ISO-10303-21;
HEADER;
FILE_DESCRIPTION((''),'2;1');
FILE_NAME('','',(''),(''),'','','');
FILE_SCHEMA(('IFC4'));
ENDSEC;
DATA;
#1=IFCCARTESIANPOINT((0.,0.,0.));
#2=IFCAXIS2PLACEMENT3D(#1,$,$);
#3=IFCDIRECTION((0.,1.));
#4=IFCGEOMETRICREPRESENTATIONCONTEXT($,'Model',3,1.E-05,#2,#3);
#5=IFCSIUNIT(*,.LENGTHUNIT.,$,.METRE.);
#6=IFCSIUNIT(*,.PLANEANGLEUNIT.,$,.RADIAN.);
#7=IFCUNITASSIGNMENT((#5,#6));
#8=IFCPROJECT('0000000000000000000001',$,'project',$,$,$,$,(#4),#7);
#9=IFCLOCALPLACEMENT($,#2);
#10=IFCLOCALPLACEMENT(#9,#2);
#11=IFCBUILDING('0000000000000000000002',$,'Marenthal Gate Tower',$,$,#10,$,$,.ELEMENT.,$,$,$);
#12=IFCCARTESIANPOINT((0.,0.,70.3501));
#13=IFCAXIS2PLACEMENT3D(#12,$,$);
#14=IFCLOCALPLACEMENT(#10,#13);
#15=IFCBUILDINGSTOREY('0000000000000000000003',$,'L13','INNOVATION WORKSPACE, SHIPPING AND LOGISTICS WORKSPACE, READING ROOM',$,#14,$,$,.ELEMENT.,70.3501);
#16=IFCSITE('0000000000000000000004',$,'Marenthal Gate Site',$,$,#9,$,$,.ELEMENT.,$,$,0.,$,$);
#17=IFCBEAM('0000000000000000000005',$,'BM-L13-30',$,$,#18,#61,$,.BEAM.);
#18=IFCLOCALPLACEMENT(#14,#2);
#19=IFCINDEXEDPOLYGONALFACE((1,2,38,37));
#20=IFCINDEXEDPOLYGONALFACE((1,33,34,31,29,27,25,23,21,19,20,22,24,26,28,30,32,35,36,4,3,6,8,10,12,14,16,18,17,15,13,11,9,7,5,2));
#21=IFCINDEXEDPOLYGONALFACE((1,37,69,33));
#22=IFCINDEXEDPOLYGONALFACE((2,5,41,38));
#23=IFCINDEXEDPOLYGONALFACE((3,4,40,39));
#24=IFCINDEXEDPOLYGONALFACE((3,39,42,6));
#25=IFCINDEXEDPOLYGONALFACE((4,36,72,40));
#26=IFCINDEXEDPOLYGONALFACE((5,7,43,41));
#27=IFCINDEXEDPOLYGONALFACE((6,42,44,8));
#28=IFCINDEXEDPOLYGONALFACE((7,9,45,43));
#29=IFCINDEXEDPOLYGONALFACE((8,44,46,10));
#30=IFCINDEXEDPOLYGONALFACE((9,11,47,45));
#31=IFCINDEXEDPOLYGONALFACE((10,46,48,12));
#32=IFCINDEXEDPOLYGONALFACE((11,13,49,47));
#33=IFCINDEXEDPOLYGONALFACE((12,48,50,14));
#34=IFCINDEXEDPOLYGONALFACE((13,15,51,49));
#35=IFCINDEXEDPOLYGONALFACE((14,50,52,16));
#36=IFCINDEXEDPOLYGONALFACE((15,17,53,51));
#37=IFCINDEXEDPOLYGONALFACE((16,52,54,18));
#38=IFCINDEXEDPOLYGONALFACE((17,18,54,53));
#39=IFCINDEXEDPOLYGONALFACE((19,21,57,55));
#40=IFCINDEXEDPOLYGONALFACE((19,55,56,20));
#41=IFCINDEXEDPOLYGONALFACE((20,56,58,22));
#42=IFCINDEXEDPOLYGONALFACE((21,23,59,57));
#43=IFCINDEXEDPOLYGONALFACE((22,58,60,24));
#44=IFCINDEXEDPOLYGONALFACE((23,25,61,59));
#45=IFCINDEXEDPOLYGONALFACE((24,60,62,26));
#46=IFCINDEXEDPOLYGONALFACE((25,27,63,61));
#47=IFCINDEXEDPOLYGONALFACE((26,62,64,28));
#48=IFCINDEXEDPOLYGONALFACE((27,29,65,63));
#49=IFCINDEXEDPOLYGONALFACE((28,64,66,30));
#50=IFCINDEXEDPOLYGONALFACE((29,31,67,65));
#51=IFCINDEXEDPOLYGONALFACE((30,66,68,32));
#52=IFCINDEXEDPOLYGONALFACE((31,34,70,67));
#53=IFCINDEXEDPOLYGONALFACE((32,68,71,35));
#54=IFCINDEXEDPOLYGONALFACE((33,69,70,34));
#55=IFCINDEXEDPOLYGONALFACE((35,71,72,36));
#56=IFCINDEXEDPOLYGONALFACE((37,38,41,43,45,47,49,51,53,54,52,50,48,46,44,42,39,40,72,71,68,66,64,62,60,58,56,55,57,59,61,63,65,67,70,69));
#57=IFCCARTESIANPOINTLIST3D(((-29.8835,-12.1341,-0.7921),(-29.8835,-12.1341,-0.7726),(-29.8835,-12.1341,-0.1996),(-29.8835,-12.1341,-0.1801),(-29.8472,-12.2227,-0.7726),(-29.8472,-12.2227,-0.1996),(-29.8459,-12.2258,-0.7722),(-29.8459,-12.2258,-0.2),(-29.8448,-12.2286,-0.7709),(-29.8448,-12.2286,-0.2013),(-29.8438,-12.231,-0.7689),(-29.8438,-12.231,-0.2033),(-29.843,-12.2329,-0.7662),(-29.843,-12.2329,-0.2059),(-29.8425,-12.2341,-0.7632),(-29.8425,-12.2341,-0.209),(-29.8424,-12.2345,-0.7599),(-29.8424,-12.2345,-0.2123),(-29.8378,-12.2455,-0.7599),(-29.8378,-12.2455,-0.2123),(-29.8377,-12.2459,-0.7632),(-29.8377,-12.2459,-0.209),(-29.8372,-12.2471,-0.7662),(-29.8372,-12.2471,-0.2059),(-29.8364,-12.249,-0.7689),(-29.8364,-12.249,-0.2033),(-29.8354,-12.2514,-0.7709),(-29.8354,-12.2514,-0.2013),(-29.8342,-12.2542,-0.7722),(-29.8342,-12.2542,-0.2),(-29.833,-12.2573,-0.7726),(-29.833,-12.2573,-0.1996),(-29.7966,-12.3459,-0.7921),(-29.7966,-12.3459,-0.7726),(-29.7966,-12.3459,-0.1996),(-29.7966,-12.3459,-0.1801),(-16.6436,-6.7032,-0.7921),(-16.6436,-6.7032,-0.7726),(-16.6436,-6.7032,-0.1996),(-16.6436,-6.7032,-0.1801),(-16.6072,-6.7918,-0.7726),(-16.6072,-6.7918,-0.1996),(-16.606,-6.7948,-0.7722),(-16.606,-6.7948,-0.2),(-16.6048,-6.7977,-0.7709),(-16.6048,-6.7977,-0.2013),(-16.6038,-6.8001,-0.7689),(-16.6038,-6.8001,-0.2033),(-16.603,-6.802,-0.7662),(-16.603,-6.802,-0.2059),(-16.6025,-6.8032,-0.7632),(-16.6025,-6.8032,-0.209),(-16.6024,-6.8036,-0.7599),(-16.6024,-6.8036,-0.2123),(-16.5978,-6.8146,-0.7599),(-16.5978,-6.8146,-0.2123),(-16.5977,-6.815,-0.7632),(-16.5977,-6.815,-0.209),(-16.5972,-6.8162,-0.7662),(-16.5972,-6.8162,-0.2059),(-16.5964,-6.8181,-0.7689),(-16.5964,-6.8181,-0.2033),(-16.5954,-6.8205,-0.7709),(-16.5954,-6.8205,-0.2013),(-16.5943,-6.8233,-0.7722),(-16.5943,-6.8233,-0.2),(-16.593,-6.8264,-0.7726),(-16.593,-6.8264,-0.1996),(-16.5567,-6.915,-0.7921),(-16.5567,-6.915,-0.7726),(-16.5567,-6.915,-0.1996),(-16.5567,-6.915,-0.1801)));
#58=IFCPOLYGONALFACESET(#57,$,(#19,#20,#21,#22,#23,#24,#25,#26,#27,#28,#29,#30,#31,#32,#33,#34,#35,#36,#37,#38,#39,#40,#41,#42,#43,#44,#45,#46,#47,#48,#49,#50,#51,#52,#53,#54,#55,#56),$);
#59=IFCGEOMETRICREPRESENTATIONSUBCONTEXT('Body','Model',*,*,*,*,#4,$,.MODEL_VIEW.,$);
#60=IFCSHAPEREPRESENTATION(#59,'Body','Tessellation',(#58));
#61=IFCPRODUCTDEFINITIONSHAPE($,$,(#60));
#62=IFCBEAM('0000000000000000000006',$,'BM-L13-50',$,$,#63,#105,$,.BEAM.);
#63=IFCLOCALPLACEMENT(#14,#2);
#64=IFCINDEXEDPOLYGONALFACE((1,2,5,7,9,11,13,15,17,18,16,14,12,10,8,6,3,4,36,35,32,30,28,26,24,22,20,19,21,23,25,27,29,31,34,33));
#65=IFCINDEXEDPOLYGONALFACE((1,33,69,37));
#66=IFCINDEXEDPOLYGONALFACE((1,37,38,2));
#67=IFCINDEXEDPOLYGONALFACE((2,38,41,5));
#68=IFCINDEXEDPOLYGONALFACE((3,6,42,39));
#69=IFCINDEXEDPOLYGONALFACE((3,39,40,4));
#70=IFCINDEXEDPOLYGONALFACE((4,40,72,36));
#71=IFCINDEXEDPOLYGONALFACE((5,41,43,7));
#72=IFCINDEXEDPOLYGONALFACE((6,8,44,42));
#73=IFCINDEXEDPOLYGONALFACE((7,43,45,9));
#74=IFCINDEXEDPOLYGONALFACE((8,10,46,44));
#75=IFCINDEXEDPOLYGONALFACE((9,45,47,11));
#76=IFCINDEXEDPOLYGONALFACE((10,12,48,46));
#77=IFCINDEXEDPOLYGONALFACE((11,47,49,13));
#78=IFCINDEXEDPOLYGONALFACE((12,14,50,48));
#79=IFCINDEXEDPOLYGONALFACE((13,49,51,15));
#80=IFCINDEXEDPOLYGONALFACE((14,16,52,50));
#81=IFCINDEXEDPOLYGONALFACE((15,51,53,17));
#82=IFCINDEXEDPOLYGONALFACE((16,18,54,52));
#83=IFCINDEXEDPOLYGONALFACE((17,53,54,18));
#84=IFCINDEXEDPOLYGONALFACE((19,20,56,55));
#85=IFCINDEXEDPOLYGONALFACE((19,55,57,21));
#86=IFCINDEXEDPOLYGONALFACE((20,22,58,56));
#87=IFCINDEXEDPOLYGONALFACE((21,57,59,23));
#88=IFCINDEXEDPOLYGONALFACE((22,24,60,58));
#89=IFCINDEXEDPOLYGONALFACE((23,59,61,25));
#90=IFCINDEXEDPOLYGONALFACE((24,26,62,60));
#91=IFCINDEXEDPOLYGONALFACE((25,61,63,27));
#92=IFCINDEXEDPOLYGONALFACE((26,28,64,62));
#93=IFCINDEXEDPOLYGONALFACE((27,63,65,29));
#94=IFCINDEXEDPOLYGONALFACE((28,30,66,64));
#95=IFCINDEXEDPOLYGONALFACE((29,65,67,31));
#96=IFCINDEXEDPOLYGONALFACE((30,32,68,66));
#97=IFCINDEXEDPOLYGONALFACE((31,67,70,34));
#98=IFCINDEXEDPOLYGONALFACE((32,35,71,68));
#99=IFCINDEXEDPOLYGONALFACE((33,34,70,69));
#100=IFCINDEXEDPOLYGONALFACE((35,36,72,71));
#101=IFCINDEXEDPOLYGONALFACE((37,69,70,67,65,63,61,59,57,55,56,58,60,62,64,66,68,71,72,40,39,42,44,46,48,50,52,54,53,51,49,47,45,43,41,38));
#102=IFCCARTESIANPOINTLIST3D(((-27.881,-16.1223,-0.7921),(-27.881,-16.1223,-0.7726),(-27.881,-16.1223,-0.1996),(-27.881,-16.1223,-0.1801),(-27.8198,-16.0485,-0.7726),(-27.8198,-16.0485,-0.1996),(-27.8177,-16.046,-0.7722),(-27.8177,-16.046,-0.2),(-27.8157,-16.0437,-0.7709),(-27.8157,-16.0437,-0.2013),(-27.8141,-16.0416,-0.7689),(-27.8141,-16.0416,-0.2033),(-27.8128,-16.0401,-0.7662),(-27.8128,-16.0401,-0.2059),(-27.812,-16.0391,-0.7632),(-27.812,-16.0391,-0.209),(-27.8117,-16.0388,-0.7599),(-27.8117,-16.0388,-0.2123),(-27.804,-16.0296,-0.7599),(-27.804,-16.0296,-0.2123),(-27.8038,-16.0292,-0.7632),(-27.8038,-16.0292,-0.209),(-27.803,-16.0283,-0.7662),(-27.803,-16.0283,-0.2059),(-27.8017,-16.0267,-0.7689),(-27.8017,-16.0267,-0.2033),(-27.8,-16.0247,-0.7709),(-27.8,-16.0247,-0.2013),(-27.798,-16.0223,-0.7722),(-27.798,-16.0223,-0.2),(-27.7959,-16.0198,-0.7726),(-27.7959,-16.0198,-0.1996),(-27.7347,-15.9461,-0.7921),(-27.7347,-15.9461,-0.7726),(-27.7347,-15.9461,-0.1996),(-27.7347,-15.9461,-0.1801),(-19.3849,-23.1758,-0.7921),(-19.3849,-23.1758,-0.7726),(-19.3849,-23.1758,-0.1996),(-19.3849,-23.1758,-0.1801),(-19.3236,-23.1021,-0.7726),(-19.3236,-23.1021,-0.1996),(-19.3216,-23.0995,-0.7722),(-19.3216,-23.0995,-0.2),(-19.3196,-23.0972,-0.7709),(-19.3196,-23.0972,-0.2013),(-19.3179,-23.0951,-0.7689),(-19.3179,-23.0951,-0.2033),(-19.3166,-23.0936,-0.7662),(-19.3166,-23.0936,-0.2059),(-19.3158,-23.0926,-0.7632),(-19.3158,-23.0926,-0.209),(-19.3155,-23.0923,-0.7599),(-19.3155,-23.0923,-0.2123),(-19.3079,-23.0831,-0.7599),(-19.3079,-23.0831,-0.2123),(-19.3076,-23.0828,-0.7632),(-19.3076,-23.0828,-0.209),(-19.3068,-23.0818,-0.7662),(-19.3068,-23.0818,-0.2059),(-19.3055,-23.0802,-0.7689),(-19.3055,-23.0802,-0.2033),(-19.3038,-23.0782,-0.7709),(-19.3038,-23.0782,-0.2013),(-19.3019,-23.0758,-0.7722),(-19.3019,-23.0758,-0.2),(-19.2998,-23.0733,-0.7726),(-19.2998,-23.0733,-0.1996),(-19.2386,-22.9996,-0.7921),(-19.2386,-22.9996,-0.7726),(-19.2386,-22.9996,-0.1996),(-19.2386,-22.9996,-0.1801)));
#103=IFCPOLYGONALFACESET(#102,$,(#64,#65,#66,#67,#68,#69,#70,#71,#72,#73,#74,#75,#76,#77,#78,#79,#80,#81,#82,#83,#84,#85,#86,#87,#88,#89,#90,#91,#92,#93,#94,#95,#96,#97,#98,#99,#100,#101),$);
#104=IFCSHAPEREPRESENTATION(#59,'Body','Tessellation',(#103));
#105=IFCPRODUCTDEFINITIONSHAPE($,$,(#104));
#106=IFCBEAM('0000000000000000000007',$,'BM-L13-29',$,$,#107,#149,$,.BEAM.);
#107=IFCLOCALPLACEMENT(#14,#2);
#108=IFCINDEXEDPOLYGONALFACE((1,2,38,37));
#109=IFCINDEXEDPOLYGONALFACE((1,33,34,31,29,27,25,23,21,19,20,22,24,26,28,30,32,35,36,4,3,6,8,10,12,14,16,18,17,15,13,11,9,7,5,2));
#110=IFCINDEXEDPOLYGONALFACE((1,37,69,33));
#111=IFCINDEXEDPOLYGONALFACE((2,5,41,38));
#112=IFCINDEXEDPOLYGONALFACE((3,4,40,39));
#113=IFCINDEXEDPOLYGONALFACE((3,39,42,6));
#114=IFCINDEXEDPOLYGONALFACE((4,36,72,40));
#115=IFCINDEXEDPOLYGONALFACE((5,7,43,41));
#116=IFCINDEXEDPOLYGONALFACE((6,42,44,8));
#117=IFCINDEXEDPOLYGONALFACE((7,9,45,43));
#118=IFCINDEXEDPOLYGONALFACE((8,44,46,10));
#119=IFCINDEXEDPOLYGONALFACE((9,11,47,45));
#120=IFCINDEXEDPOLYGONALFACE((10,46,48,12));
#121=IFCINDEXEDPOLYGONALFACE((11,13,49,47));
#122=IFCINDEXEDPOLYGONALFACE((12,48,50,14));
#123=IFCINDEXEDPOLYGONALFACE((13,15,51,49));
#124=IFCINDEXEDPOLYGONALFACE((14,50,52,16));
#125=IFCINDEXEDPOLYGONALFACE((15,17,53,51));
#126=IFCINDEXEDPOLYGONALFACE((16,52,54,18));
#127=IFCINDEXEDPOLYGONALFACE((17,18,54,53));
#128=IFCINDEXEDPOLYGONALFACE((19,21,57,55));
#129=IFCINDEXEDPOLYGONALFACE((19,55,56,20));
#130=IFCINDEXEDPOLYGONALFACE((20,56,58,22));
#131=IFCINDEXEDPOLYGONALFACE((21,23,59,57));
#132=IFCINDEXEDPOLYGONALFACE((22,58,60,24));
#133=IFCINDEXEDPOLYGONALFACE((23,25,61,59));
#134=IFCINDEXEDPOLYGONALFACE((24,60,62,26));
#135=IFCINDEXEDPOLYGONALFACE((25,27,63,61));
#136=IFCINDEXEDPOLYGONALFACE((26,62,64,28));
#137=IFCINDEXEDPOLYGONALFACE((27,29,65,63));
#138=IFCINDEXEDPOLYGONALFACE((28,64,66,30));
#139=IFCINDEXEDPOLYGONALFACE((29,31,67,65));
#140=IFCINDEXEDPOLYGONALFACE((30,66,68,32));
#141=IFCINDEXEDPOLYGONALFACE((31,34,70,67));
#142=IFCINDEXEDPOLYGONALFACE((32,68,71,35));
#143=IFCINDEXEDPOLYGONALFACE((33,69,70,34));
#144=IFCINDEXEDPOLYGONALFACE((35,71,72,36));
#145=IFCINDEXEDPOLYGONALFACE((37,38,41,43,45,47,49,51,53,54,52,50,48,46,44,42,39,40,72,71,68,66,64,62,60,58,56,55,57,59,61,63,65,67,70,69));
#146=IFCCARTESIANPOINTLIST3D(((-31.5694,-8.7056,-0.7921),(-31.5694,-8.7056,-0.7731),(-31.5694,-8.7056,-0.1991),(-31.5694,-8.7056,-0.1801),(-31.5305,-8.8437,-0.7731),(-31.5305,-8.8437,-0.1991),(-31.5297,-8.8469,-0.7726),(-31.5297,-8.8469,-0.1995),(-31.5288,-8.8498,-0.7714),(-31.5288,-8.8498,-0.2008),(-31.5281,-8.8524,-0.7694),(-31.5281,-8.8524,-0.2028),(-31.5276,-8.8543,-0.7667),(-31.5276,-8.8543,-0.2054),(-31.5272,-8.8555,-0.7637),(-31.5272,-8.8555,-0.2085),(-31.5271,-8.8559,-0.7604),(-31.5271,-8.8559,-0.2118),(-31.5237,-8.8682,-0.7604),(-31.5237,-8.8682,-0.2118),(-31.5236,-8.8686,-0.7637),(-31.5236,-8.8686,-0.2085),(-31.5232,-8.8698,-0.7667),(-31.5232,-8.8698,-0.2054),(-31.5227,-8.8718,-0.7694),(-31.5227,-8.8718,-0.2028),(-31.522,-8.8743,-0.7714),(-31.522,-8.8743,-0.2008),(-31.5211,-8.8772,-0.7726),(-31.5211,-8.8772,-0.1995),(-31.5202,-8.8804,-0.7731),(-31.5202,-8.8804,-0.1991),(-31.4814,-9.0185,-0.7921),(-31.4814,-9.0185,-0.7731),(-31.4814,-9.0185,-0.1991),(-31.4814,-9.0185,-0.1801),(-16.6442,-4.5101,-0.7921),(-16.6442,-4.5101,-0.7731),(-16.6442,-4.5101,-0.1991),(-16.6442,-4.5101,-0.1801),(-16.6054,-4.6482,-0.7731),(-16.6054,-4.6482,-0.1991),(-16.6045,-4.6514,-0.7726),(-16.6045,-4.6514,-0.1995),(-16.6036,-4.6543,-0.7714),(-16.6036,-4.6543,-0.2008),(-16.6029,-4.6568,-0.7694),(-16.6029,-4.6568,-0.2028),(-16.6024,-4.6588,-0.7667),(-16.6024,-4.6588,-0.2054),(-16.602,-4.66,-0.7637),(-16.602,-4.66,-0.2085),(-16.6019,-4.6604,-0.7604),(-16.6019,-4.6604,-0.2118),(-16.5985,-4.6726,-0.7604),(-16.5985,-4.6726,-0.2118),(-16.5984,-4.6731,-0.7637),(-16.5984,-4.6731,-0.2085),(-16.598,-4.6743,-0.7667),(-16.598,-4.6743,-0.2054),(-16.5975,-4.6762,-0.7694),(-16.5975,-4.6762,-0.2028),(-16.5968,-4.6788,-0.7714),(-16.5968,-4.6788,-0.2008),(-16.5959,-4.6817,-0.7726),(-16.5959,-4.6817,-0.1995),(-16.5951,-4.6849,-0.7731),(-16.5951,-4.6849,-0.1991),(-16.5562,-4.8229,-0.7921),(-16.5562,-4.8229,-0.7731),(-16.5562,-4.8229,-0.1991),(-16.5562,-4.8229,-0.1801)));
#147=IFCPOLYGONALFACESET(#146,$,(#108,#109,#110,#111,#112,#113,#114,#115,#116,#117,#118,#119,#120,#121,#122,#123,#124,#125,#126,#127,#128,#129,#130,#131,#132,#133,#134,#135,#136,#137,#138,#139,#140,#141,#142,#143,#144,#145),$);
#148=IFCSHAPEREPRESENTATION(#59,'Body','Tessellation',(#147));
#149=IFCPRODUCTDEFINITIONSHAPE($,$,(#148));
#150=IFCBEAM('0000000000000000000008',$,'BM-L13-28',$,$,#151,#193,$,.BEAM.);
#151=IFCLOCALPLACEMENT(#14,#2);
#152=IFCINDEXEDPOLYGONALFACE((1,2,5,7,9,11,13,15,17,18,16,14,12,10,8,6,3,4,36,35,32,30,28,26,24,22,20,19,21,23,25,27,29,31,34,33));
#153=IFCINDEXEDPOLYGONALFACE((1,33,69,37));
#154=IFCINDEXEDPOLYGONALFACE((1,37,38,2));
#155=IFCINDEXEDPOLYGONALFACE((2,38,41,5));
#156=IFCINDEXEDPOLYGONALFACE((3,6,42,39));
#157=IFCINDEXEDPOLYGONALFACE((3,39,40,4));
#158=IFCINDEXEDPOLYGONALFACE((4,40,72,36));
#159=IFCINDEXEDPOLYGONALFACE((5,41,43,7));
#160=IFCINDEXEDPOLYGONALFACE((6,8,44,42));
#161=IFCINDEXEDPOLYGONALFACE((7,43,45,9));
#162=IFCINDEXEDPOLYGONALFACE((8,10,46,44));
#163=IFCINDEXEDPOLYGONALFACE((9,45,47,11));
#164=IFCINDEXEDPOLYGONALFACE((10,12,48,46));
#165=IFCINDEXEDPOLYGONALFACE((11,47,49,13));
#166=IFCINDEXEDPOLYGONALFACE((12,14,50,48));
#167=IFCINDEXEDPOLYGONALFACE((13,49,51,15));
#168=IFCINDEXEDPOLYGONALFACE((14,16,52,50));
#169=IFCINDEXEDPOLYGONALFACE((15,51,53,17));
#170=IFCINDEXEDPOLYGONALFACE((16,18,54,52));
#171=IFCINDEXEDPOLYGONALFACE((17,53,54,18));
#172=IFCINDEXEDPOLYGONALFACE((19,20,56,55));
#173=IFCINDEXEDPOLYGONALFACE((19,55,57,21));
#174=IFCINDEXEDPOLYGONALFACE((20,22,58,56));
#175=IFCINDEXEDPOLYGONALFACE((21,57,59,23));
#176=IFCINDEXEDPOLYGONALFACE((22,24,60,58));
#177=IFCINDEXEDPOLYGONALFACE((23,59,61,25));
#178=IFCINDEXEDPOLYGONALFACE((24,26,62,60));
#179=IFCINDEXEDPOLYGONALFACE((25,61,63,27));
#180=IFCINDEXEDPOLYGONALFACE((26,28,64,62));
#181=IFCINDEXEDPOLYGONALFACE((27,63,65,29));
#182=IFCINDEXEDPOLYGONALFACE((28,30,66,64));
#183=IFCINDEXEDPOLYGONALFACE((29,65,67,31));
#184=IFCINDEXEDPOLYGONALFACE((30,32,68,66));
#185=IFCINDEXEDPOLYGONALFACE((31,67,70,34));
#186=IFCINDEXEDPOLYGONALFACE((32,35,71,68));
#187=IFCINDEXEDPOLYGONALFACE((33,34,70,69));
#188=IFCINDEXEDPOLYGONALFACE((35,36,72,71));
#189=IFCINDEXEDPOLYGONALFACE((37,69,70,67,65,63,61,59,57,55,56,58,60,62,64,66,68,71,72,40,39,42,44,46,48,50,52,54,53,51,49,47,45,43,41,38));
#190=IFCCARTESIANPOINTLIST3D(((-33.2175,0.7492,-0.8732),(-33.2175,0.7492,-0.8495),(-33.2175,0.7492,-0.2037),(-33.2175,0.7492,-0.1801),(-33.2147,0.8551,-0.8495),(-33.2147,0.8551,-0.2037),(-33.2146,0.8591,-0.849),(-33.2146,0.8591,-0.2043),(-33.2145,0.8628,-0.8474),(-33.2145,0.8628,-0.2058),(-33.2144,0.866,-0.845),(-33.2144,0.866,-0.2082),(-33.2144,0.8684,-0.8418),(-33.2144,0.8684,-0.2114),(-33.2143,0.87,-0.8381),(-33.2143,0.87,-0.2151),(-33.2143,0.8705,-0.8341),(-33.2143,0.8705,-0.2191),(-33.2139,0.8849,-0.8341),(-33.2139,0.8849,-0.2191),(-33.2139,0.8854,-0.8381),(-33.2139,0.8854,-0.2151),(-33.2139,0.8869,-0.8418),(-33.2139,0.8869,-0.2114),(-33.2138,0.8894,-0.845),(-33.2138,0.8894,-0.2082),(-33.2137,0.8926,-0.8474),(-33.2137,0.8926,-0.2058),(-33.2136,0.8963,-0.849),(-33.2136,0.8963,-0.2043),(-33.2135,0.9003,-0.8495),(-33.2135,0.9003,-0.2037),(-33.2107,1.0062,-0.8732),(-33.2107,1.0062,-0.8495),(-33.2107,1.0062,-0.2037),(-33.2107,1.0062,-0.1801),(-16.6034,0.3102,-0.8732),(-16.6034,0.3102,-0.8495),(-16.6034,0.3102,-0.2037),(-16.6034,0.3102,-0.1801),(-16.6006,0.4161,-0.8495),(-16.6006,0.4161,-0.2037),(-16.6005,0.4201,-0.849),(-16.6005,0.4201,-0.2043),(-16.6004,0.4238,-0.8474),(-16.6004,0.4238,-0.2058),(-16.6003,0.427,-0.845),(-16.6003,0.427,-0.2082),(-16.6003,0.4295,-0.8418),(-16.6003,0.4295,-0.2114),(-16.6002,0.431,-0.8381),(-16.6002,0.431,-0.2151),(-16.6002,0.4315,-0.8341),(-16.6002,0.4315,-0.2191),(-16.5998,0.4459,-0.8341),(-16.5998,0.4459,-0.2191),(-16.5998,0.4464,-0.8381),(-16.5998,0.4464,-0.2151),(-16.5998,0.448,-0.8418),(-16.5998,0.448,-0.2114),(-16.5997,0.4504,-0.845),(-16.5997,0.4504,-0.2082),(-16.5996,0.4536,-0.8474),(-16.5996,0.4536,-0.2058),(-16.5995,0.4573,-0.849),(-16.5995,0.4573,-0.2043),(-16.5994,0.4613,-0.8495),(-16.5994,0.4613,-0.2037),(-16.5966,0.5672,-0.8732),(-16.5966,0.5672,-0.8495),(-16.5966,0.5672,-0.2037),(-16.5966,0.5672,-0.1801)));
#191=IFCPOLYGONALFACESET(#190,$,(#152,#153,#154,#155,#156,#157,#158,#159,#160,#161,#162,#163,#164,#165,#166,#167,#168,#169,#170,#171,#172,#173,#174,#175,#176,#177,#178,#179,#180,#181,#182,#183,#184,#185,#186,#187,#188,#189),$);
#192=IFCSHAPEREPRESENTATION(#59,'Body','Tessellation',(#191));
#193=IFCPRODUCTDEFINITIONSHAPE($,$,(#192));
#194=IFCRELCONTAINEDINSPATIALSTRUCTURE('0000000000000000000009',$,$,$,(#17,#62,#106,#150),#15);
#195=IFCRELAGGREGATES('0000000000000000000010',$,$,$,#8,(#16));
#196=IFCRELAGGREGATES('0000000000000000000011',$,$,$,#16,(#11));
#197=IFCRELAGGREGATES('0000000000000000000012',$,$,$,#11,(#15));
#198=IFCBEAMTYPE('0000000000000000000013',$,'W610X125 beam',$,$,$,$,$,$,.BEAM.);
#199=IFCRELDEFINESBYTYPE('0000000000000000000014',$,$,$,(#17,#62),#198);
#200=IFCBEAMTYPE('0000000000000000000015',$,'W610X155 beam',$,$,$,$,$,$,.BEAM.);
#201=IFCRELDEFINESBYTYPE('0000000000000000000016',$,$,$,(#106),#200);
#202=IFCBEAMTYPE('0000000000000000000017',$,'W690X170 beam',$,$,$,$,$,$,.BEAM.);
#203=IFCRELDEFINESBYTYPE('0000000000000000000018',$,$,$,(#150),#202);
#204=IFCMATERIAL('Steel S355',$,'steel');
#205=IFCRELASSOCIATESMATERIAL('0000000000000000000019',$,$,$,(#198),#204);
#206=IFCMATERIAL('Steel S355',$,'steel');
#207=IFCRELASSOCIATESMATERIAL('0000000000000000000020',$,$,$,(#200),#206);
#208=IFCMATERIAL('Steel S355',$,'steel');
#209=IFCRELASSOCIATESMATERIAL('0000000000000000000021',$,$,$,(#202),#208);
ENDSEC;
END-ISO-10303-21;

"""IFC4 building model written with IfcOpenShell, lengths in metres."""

from ifc_helpers import new_model, si_unit, direction, frame, origin, origin_2d, place, context, subcontext, project, spatial, i_section, extrude, material, material_profile, profile_set, type_object, element, save


model = new_model("IFC4")

# Units and contexts
model_context = context("Model", 3, precision=1e-05, world=origin(), true_north=direction((0.0, 1.0)))
body_context = subcontext(model_context, "Body", "Model", "MODEL_VIEW")
ifc_project = project(units=[si_unit("LENGTHUNIT", "METRE"), si_unit("PLANEANGLEUNIT", "RADIAN")], contexts=[model_context])

# Site, building, storey
site_placement = place(None, origin())
site = spatial("IfcSite", under=ifc_project, at=site_placement, Name="Marenthal Gate Site", CompositionType="ELEMENT", RefElevation=0.0)
building_placement = place(site_placement, origin())
building = spatial("IfcBuilding", under=site, at=building_placement, Name="Marenthal Gate Tower", CompositionType="ELEMENT")
storey_placement = place(building_placement, frame((0.0, 0.0, 70.3501)))
storey = spatial("IfcBuildingStorey", under=building, at=storey_placement, Name="L13", Description="INNOVATION WORKSPACE, SHIPPING AND LOGISTICS WORKSPACE, READING ROOM", CompositionType="ELEMENT", Elevation=70.3501)

# Beams
ifc_material_1 = material(Name="Steel S355", Category="steel")
ifc_material_profile_1 = material_profile(ifc_material_1, i_section(OverallWidth=0.229, OverallDepth=0.6121, WebThickness=0.012, FlangeThickness=0.0195, FilletRadius=0.0127, at=origin_2d()), Name="W610X125")
ifc_profile_set_1 = profile_set([ifc_material_profile_1], Name="Steel S355")
beam_type_1 = type_object("IfcBeamType", Name="W610X125 beam", PredefinedType="BEAM", material=ifc_profile_set_1)
beam_1_placement = place(storey_placement, frame((-29.8401, -12.24, -0.4861), z_axis=(0.92519, 0.379504, 0.0), x_axis=(-0.379504, 0.92519, 0.0)))
element("IfcBeam", 1, at=beam_1_placement, inside=storey, type_object=beam_type_1, Name="BM-L13-30", PredefinedType="BEAM", context=body_context, shape_type="SweptSolid", body=[
    extrude(i_section(OverallWidth=0.229, OverallDepth=0.6121, WebThickness=0.012, FlangeThickness=0.0195, FilletRadius=0.0127, at=origin_2d()), origin(), (0.0, 0.0, 1.0), 14.3105),
])
beam_2_placement = place(storey_placement, frame((-27.8079, -16.0342, -0.4861), z_axis=(0.769405, -0.638761, 0.0), x_axis=(0.638761, 0.769405, 0.0)))
element("IfcBeam", 2, at=beam_2_placement, inside=storey, type_object=beam_type_1, Name="BM-L13-50", PredefinedType="BEAM", context=body_context, shape_type="SweptSolid", body=[
    extrude(i_section(OverallWidth=0.229, OverallDepth=0.6121, WebThickness=0.012, FlangeThickness=0.0195, FilletRadius=0.0127, at=origin_2d()), origin(), (0.0, 0.0, 1.0), 11.0425),
])
ifc_material_2 = material(Name="Steel S355", Category="steel")
ifc_material_profile_2 = material_profile(ifc_material_2, i_section(OverallWidth=0.325, OverallDepth=0.6121, WebThickness=0.0127, FlangeThickness=0.019, FilletRadius=0.0127, at=origin_2d()), Name="W610X155")
ifc_profile_set_2 = profile_set([ifc_material_profile_2], Name="Steel S355")
beam_type_2 = type_object("IfcBeamType", Name="W610X155 beam", PredefinedType="BEAM", material=ifc_profile_set_2)
beam_3_placement = place(storey_placement, frame((-31.5254, -8.8621, -0.4861), z_axis=(0.962688, 0.270615, 0.0), x_axis=(-0.270615, 0.962688, 0.0)))
element("IfcBeam", 3, at=beam_3_placement, inside=storey, type_object=beam_type_2, Name="BM-L13-29", PredefinedType="BEAM", context=body_context, shape_type="SweptSolid", body=[
    extrude(i_section(OverallWidth=0.325, OverallDepth=0.6121, WebThickness=0.0127, FlangeThickness=0.019, FilletRadius=0.0127, at=origin_2d()), origin(), (0.0, 0.0, 1.0), 15.5037),
])
ifc_material_3 = material(Name="Steel S355", Category="steel")
ifc_material_profile_3 = material_profile(ifc_material_3, i_section(OverallWidth=0.2571, OverallDepth=0.6931, WebThickness=0.0144, FlangeThickness=0.0237, FilletRadius=0.0154, at=origin_2d()), Name="W690X170")
ifc_profile_set_3 = profile_set([ifc_material_profile_3], Name="Steel S355")
beam_type_3 = type_object("IfcBeamType", Name="W690X170 beam", PredefinedType="BEAM", material=ifc_profile_set_3)
beam_4_placement = place(storey_placement, frame((-33.2141, 0.8777, -0.5266), z_axis=(0.999651, -0.026412, 0.0), x_axis=(0.026412, 0.999651, 0.0)))
element("IfcBeam", 4, at=beam_4_placement, inside=storey, type_object=beam_type_3, Name="BM-L13-28", PredefinedType="BEAM", context=body_context, shape_type="SweptSolid", body=[
    extrude(i_section(OverallWidth=0.2571, OverallDepth=0.6931, WebThickness=0.0144, FlangeThickness=0.0237, FilletRadius=0.0154, at=origin_2d()), origin(), (0.0, 0.0, 1.0), 16.6199),
])

save(model, "model.ifc")
